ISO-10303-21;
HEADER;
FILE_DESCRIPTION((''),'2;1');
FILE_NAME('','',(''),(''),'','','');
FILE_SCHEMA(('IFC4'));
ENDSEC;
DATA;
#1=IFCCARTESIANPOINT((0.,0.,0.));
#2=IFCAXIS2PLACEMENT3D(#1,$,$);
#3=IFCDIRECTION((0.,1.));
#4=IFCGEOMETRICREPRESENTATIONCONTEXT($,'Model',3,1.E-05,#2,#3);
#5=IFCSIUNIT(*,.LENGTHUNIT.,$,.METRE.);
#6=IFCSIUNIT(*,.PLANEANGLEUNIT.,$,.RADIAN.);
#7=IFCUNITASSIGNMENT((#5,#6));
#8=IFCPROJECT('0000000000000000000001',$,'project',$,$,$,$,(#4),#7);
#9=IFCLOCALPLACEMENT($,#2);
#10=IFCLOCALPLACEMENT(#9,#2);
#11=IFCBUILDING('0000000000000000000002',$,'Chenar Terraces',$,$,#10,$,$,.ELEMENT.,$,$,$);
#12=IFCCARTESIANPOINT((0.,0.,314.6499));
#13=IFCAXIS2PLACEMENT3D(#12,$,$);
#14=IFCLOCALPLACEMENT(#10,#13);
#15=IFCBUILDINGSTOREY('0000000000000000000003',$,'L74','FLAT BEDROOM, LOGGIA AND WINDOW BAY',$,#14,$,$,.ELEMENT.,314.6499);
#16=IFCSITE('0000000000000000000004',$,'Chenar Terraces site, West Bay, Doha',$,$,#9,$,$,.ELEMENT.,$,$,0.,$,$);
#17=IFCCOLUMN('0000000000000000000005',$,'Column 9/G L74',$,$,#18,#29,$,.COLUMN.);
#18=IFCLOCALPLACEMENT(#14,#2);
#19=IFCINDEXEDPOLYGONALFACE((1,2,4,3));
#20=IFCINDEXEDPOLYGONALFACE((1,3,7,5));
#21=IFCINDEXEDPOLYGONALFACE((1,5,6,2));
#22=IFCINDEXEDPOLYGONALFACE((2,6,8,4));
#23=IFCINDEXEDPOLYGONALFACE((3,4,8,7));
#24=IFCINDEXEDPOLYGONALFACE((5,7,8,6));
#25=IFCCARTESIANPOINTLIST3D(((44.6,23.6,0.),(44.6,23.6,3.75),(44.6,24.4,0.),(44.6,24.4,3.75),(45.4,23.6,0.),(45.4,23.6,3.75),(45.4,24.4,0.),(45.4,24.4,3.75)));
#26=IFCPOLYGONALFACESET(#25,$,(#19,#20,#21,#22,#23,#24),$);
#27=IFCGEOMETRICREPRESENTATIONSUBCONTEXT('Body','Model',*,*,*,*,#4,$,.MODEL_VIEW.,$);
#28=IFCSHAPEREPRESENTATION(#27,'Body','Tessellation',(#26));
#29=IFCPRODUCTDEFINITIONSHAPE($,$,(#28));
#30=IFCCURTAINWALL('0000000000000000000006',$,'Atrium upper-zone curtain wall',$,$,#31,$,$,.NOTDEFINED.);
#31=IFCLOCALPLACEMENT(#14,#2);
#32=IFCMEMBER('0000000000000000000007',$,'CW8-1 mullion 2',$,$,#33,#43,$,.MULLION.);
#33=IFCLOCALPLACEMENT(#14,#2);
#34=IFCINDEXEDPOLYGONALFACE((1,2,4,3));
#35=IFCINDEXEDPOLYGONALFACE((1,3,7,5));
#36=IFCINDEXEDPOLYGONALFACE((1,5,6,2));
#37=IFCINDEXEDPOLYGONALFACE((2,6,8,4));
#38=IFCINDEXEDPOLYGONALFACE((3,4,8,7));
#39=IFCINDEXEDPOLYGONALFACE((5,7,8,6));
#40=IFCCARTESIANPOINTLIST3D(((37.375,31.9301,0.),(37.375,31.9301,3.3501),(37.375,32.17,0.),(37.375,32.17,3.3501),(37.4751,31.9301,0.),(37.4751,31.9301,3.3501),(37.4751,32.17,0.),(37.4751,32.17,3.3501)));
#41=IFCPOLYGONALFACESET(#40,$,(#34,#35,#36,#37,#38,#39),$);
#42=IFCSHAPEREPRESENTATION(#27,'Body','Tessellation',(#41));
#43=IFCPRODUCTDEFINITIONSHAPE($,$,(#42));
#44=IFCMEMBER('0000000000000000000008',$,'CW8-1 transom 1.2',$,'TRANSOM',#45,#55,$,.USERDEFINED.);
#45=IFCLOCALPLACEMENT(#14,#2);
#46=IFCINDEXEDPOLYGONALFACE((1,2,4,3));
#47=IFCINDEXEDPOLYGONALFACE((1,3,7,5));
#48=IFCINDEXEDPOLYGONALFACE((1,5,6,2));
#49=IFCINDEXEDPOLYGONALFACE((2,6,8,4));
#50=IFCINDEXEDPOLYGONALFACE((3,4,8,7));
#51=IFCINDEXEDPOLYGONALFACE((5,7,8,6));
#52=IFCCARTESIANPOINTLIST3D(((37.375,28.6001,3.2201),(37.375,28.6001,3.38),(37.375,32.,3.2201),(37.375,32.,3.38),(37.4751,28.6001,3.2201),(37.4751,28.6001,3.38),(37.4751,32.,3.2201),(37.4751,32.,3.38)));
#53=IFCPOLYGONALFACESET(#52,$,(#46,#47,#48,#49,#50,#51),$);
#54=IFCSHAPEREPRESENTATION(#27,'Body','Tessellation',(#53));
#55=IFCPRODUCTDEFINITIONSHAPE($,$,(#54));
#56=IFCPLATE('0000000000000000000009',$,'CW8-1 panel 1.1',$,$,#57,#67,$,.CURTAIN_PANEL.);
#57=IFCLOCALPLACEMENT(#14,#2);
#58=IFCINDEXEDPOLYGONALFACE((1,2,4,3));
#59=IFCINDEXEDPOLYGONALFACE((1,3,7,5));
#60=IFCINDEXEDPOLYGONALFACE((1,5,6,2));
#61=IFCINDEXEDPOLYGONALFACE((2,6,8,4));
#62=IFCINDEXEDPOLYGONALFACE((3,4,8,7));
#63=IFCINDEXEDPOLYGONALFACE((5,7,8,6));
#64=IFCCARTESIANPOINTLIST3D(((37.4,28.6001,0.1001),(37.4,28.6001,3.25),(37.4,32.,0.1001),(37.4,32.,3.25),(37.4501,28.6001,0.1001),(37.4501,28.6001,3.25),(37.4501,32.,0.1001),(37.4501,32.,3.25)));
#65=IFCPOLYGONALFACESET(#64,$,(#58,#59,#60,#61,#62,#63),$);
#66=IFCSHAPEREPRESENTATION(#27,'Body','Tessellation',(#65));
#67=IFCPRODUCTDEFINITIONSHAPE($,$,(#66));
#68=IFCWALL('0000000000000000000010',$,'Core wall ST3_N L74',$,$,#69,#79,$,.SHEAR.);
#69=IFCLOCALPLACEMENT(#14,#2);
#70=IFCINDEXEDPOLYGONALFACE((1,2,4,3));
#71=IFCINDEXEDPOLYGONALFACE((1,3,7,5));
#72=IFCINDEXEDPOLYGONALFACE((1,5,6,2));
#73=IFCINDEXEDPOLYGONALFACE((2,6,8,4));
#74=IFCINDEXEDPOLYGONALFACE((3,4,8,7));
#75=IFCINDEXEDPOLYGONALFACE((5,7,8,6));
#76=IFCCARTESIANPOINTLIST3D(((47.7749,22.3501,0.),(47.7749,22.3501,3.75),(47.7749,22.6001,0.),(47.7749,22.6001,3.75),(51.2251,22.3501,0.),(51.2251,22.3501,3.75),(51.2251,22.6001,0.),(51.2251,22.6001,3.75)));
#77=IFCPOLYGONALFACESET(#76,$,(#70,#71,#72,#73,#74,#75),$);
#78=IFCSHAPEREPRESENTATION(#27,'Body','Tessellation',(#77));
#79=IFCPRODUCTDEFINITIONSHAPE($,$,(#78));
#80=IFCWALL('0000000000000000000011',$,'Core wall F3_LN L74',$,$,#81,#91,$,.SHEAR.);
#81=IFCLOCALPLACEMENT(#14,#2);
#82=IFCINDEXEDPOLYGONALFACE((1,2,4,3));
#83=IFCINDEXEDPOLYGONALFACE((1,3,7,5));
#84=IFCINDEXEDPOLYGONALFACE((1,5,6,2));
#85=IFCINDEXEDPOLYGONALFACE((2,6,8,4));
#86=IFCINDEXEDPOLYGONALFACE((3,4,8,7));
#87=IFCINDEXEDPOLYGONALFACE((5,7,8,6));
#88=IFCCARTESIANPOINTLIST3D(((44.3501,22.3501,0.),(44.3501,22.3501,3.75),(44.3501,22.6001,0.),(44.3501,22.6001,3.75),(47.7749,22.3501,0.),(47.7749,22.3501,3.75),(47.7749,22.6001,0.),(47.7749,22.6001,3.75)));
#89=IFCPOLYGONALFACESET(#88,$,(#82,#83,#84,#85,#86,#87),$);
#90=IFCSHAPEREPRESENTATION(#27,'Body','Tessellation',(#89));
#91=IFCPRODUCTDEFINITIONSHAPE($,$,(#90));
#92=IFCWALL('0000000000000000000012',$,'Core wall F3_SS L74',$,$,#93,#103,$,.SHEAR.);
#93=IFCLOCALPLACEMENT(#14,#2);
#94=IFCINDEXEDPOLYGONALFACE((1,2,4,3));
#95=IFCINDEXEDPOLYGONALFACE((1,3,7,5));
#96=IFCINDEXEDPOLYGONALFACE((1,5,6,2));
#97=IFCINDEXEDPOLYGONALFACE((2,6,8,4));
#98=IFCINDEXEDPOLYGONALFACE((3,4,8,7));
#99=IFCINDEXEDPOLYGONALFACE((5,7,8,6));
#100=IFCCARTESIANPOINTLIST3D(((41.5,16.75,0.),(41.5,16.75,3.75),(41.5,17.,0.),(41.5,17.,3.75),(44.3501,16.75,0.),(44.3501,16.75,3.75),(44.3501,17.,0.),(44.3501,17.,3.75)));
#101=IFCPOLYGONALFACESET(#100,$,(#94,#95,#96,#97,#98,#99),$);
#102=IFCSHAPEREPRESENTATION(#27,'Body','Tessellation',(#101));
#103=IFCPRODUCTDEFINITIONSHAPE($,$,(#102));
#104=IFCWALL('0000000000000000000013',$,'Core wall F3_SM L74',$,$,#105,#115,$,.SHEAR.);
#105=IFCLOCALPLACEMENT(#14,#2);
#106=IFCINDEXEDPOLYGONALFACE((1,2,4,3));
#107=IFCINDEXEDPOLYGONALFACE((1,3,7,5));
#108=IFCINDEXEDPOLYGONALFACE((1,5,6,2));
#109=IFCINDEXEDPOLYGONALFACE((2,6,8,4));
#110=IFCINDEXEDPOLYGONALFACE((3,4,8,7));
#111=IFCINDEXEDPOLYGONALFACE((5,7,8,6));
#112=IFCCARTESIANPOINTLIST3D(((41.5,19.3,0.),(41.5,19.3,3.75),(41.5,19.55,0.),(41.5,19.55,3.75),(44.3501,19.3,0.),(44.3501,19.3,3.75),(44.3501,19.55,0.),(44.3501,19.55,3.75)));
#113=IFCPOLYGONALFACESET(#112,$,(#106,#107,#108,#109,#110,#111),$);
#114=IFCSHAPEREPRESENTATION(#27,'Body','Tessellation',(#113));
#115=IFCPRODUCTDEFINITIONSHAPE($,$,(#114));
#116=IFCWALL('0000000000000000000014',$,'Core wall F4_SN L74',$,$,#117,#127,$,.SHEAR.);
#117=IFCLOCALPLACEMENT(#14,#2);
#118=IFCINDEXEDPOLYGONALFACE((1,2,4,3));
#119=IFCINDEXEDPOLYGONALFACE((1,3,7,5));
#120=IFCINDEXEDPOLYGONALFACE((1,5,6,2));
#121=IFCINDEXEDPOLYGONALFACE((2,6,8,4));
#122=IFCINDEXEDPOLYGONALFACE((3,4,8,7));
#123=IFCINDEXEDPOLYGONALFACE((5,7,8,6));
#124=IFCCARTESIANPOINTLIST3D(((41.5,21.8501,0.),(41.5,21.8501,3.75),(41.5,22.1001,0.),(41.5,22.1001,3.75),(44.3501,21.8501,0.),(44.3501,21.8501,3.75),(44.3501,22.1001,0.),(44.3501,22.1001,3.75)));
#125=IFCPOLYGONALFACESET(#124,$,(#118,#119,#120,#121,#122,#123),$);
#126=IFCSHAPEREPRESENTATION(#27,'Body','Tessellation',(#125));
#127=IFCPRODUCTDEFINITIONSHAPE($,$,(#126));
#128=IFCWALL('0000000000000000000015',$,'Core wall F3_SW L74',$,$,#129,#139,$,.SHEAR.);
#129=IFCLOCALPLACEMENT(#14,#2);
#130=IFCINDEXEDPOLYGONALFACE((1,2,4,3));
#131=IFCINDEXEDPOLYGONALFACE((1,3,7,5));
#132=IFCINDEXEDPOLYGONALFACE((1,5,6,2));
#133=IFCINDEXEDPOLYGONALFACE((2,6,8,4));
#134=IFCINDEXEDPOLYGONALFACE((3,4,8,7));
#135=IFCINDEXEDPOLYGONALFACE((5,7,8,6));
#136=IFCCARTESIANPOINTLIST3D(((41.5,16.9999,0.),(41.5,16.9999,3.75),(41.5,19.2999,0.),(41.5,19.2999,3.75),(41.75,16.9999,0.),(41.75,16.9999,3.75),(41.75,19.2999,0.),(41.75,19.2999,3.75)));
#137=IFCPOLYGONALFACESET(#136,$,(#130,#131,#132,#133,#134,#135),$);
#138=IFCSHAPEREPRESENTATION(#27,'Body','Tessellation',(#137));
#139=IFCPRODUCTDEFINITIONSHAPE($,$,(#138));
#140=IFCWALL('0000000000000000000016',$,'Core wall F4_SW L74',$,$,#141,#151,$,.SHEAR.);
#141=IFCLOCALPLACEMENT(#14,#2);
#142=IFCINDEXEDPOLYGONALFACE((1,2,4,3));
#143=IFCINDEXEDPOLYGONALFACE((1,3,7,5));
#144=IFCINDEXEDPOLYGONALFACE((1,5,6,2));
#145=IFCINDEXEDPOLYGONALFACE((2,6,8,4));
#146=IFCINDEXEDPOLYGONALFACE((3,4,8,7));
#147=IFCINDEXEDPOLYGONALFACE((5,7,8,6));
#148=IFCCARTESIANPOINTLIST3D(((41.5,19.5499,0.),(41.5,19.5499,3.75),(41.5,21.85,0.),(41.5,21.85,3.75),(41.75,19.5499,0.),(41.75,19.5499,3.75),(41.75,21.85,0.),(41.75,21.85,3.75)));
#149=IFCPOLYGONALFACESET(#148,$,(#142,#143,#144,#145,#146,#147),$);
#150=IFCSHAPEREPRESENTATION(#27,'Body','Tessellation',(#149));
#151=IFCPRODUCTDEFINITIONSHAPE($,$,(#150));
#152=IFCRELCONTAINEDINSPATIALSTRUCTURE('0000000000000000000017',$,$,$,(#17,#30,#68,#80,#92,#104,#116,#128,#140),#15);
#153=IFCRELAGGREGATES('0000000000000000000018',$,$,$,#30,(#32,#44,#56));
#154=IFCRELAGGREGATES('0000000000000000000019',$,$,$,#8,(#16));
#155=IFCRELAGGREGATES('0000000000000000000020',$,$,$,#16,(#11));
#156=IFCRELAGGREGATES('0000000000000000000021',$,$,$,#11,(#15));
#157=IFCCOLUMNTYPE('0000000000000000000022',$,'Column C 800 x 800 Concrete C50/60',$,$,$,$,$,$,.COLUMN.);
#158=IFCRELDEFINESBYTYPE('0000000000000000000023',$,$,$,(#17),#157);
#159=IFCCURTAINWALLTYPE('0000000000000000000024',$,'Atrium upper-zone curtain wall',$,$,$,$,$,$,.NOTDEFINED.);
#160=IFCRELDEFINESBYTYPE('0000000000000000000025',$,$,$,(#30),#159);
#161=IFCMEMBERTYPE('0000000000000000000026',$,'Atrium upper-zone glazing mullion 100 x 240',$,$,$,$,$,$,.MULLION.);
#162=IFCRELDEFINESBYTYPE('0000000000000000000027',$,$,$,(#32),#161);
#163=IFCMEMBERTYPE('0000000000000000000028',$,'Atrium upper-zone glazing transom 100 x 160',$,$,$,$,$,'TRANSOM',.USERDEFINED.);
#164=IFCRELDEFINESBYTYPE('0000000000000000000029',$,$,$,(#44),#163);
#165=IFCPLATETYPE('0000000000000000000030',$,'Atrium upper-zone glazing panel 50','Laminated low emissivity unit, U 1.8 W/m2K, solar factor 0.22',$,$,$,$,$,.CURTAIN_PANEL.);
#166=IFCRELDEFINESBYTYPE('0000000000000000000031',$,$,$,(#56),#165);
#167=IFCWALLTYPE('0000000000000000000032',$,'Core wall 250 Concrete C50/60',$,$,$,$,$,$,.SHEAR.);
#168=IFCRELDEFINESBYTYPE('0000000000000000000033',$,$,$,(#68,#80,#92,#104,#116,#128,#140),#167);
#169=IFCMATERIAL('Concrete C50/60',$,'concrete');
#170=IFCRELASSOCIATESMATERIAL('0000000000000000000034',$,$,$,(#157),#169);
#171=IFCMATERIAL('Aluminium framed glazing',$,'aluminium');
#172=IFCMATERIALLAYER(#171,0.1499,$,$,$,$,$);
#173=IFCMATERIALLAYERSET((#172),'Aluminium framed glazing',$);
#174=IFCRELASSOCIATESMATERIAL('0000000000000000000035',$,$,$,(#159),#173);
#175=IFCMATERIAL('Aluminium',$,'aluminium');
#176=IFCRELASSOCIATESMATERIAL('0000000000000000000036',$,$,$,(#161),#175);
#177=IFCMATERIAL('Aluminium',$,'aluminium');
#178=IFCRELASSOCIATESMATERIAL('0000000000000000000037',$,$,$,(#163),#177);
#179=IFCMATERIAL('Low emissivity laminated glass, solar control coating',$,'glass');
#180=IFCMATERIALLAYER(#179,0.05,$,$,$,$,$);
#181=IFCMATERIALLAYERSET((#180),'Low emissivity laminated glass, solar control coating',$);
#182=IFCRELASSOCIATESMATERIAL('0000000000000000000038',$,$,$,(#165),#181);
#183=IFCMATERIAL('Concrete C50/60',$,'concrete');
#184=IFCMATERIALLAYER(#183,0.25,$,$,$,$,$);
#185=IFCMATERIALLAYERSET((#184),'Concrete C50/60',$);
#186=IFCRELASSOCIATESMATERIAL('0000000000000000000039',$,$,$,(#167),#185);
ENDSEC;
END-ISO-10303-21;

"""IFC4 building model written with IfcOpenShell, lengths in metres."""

from ifc_helpers import new_model, si_unit, direction, frame, frame_2d, origin, origin_2d, place, context, subcontext, project, spatial, rectangle, extrude, material, layer, layer_set, material_profile, profile_set, type_object, element, aggregate, save


model = new_model("IFC4")

# Units and contexts
model_context = context("Model", 3, precision=1e-05, world=origin(), true_north=direction((0.0, 1.0)))
body_context = subcontext(model_context, "Body", "Model", "MODEL_VIEW")
ifc_project = project(units=[si_unit("LENGTHUNIT", "METRE"), si_unit("PLANEANGLEUNIT", "RADIAN")], contexts=[model_context])

# Site, building, storey
site_placement = place(None, origin())
site = spatial("IfcSite", under=ifc_project, at=site_placement, Name="Chenar Terraces site, West Bay, Doha", CompositionType="ELEMENT", RefElevation=0.0)
building_placement = place(site_placement, origin())
building = spatial("IfcBuilding", under=site, at=building_placement, Name="Chenar Terraces", CompositionType="ELEMENT")
storey_placement = place(building_placement, frame((0.0, 0.0, 314.6499)))
storey = spatial("IfcBuildingStorey", under=building, at=storey_placement, Name="L74", Description="FLAT BEDROOM, LOGGIA AND WINDOW BAY", CompositionType="ELEMENT", Elevation=314.6499)

# Column
ifc_material_1 = material(Name="Concrete C50/60", Category="concrete")
ifc_material_profile_1 = material_profile(ifc_material_1, rectangle(XDim=0.8, YDim=0.8, at=origin_2d()), Name="C 800 x 800")
ifc_profile_set_1 = profile_set([ifc_material_profile_1], Name="Concrete C50/60")
column_type = type_object("IfcColumnType", Name="Column C 800 x 800 Concrete C50/60", PredefinedType="COLUMN", material=ifc_profile_set_1)
column_placement = place(storey_placement, frame((45.0, 24.0, 0.0), z_axis=(0.0, 0.0, 1.0), x_axis=(1.0, 0.0, 0.0)))
element("IfcColumn", 1, at=column_placement, inside=storey, type_object=column_type, Name="Column 9/G L74", PredefinedType="COLUMN", context=body_context, shape_type="SweptSolid", body=[
    extrude(rectangle(XDim=0.8, YDim=0.8, at=origin_2d()), origin(), (0.0, 0.0, 1.0), 3.75),
])

# Curtain wall, members, plate
ifc_material_2 = material(Name="Aluminium framed glazing", Category="aluminium")
ifc_layer_1 = layer(ifc_material_2, 0.1499)
ifc_layer_set_1 = layer_set([ifc_layer_1], Name="Aluminium framed glazing")
curtain_wall_type = type_object("IfcCurtainWallType", Name="Atrium upper-zone curtain wall", PredefinedType="NOTDEFINED", material=ifc_layer_set_1)
curtain_wall_placement = place(storey_placement, origin())
curtain_wall = element("IfcCurtainWall", 2, at=curtain_wall_placement, inside=storey, type_object=curtain_wall_type, Name="Atrium upper-zone curtain wall", PredefinedType="NOTDEFINED")
ifc_material_3 = material(Name="Aluminium", Category="aluminium")
ifc_material_profile_2 = material_profile(ifc_material_3, rectangle(XDim=0.1001, YDim=0.24, at=origin_2d()), Name="Atrium upper-zone glazing mullion 100 x 240")
ifc_profile_set_2 = profile_set([ifc_material_profile_2], Name="Aluminium")
member_type_1 = type_object("IfcMemberType", Name="Atrium upper-zone glazing mullion 100 x 240", PredefinedType="MULLION", material=ifc_profile_set_2)
member_1_placement = place(storey_placement, frame((37.425, 32.05, 0.0), z_axis=(0.0, 0.0, 1.0), x_axis=(-1.0, 0.0, 0.0)))
member_1 = element("IfcMember", 3, at=member_1_placement, type_object=member_type_1, Name="CW8-1 mullion 2", PredefinedType="MULLION", context=body_context, shape_type="SweptSolid", body=[
    extrude(rectangle(XDim=0.1001, YDim=0.24, at=origin_2d()), origin(), (0.0, 0.0, 1.0), 3.3501),
])
ifc_material_4 = material(Name="Aluminium", Category="aluminium")
ifc_material_profile_3 = material_profile(ifc_material_4, rectangle(XDim=0.1001, YDim=0.1599, at=origin_2d()), Name="Atrium upper-zone glazing transom 100 x 160")
ifc_profile_set_3 = profile_set([ifc_material_profile_3], Name="Aluminium")
member_type_2 = type_object("IfcMemberType", Name="Atrium upper-zone glazing transom 100 x 160", ElementType="TRANSOM", PredefinedType="USERDEFINED", material=ifc_profile_set_3)
member_2_placement = place(storey_placement, frame((37.425, 28.6001, 3.3), z_axis=(0.0, 1.0, 0.0), x_axis=(-1.0, 0.0, 0.0)))
member_2 = element("IfcMember", 4, at=member_2_placement, type_object=member_type_2, Name="CW8-1 transom 1.2", ObjectType="TRANSOM", PredefinedType="USERDEFINED", context=body_context, shape_type="SweptSolid", body=[
    extrude(rectangle(XDim=0.1001, YDim=0.1599, at=origin_2d()), origin(), (0.0, 0.0, 1.0), 3.3999),
])
ifc_material_5 = material(Name="Low emissivity laminated glass, solar control coating", Category="glass")
ifc_layer_2 = layer(ifc_material_5, 0.05)
ifc_layer_set_2 = layer_set([ifc_layer_2], Name="Low emissivity laminated glass, solar control coating")
plate_type = type_object("IfcPlateType", Name="Atrium upper-zone glazing panel 50", Description="Laminated low emissivity unit, U 1.8 W/m2K, solar factor 0.22", PredefinedType="CURTAIN_PANEL", material=ifc_layer_set_2)
plate_placement = place(storey_placement, frame((37.425, 30.3, 0.1001), z_axis=(0.0, 0.0, 1.0), x_axis=(0.0, 1.0, 0.0)))
plate = element("IfcPlate", 5, at=plate_placement, type_object=plate_type, Name="CW8-1 panel 1.1", PredefinedType="CURTAIN_PANEL", context=body_context, shape_type="SweptSolid", body=[
    extrude(rectangle(XDim=3.3999, YDim=0.05, at=origin_2d()), origin(), (0.0, 0.0, 1.0), 3.1499),
])
aggregate(curtain_wall, [member_1, member_2, plate])

# Walls
ifc_material_6 = material(Name="Concrete C50/60", Category="concrete")
ifc_layer_3 = layer(ifc_material_6, 0.25)
ifc_layer_set_3 = layer_set([ifc_layer_3], Name="Concrete C50/60")
wall_type_1 = type_object("IfcWallType", Name="Core wall 250 Concrete C50/60", PredefinedType="SHEAR", material=ifc_layer_set_3)
wall_1_placement = place(storey_placement, frame((47.7749, 22.4751, 0.0), z_axis=(0.0, 0.0, 1.0), x_axis=(1.0, 0.0, 0.0)))
element("IfcWall", 6, at=wall_1_placement, inside=storey, type_object=wall_type_1, Name="Core wall ST3_N L74", PredefinedType="SHEAR", context=body_context, shape_type="SweptSolid", body=[
    extrude(rectangle(XDim=3.4502, YDim=0.25, at=frame_2d((1.7251, 0.0))), origin(), (0.0, 0.0, 1.0), 3.75),
])
wall_2_placement = place(storey_placement, frame((44.3501, 22.4751, 0.0), z_axis=(0.0, 0.0, 1.0), x_axis=(1.0, 0.0, 0.0)))
element("IfcWall", 7, at=wall_2_placement, inside=storey, type_object=wall_type_1, Name="Core wall F3_LN L74", PredefinedType="SHEAR", context=body_context, shape_type="SweptSolid", body=[
    extrude(rectangle(XDim=3.4248, YDim=0.25, at=frame_2d((1.7124, 0.0))), origin(), (0.0, 0.0, 1.0), 3.75),
])
for number, where, z_axis, x_axis, name in (
    (8, (41.5, 16.875, 0.0), (0.0, 0.0, 1.0), (1.0, 0.0, 0.0), "Core wall F3_SS L74"),
    (9, (41.5, 19.425, 0.0), (0.0, 0.0, 1.0), (1.0, 0.0, 0.0), "Core wall F3_SM L74"),
    (10, (41.5, 21.9751, 0.0), (0.0, 0.0, 1.0), (1.0, 0.0, 0.0), "Core wall F4_SN L74"),
):
    element("IfcWall", number, at=place(storey_placement, frame(where, z_axis=z_axis, x_axis=x_axis)), inside=storey, type_object=wall_type_1, Name=name, PredefinedType="SHEAR", context=body_context, shape_type="SweptSolid", body=[
        extrude(rectangle(XDim=2.8501, YDim=0.25, at=frame_2d((1.425, 0.0))), origin(), (0.0, 0.0, 1.0), 3.75),
    ])
for number, where, z_axis, x_axis, name in (
    (11, (41.625, 17.0, 0.0), (0.0, 0.0, 1.0), (0.0, 1.0, 0.0), "Core wall F3_SW L74"),
    (12, (41.625, 19.55, 0.0), (0.0, 0.0, 1.0), (0.0, 1.0, 0.0), "Core wall F4_SW L74"),
):
    element("IfcWall", number, at=place(storey_placement, frame(where, z_axis=z_axis, x_axis=x_axis)), inside=storey, type_object=wall_type_1, Name=name, PredefinedType="SHEAR", context=body_context, shape_type="SweptSolid", body=[
        extrude(rectangle(XDim=2.3, YDim=0.25, at=frame_2d((1.1499, 0.0))), origin(), (0.0, 0.0, 1.0), 3.75),
    ])

save(model, "model.ifc")
